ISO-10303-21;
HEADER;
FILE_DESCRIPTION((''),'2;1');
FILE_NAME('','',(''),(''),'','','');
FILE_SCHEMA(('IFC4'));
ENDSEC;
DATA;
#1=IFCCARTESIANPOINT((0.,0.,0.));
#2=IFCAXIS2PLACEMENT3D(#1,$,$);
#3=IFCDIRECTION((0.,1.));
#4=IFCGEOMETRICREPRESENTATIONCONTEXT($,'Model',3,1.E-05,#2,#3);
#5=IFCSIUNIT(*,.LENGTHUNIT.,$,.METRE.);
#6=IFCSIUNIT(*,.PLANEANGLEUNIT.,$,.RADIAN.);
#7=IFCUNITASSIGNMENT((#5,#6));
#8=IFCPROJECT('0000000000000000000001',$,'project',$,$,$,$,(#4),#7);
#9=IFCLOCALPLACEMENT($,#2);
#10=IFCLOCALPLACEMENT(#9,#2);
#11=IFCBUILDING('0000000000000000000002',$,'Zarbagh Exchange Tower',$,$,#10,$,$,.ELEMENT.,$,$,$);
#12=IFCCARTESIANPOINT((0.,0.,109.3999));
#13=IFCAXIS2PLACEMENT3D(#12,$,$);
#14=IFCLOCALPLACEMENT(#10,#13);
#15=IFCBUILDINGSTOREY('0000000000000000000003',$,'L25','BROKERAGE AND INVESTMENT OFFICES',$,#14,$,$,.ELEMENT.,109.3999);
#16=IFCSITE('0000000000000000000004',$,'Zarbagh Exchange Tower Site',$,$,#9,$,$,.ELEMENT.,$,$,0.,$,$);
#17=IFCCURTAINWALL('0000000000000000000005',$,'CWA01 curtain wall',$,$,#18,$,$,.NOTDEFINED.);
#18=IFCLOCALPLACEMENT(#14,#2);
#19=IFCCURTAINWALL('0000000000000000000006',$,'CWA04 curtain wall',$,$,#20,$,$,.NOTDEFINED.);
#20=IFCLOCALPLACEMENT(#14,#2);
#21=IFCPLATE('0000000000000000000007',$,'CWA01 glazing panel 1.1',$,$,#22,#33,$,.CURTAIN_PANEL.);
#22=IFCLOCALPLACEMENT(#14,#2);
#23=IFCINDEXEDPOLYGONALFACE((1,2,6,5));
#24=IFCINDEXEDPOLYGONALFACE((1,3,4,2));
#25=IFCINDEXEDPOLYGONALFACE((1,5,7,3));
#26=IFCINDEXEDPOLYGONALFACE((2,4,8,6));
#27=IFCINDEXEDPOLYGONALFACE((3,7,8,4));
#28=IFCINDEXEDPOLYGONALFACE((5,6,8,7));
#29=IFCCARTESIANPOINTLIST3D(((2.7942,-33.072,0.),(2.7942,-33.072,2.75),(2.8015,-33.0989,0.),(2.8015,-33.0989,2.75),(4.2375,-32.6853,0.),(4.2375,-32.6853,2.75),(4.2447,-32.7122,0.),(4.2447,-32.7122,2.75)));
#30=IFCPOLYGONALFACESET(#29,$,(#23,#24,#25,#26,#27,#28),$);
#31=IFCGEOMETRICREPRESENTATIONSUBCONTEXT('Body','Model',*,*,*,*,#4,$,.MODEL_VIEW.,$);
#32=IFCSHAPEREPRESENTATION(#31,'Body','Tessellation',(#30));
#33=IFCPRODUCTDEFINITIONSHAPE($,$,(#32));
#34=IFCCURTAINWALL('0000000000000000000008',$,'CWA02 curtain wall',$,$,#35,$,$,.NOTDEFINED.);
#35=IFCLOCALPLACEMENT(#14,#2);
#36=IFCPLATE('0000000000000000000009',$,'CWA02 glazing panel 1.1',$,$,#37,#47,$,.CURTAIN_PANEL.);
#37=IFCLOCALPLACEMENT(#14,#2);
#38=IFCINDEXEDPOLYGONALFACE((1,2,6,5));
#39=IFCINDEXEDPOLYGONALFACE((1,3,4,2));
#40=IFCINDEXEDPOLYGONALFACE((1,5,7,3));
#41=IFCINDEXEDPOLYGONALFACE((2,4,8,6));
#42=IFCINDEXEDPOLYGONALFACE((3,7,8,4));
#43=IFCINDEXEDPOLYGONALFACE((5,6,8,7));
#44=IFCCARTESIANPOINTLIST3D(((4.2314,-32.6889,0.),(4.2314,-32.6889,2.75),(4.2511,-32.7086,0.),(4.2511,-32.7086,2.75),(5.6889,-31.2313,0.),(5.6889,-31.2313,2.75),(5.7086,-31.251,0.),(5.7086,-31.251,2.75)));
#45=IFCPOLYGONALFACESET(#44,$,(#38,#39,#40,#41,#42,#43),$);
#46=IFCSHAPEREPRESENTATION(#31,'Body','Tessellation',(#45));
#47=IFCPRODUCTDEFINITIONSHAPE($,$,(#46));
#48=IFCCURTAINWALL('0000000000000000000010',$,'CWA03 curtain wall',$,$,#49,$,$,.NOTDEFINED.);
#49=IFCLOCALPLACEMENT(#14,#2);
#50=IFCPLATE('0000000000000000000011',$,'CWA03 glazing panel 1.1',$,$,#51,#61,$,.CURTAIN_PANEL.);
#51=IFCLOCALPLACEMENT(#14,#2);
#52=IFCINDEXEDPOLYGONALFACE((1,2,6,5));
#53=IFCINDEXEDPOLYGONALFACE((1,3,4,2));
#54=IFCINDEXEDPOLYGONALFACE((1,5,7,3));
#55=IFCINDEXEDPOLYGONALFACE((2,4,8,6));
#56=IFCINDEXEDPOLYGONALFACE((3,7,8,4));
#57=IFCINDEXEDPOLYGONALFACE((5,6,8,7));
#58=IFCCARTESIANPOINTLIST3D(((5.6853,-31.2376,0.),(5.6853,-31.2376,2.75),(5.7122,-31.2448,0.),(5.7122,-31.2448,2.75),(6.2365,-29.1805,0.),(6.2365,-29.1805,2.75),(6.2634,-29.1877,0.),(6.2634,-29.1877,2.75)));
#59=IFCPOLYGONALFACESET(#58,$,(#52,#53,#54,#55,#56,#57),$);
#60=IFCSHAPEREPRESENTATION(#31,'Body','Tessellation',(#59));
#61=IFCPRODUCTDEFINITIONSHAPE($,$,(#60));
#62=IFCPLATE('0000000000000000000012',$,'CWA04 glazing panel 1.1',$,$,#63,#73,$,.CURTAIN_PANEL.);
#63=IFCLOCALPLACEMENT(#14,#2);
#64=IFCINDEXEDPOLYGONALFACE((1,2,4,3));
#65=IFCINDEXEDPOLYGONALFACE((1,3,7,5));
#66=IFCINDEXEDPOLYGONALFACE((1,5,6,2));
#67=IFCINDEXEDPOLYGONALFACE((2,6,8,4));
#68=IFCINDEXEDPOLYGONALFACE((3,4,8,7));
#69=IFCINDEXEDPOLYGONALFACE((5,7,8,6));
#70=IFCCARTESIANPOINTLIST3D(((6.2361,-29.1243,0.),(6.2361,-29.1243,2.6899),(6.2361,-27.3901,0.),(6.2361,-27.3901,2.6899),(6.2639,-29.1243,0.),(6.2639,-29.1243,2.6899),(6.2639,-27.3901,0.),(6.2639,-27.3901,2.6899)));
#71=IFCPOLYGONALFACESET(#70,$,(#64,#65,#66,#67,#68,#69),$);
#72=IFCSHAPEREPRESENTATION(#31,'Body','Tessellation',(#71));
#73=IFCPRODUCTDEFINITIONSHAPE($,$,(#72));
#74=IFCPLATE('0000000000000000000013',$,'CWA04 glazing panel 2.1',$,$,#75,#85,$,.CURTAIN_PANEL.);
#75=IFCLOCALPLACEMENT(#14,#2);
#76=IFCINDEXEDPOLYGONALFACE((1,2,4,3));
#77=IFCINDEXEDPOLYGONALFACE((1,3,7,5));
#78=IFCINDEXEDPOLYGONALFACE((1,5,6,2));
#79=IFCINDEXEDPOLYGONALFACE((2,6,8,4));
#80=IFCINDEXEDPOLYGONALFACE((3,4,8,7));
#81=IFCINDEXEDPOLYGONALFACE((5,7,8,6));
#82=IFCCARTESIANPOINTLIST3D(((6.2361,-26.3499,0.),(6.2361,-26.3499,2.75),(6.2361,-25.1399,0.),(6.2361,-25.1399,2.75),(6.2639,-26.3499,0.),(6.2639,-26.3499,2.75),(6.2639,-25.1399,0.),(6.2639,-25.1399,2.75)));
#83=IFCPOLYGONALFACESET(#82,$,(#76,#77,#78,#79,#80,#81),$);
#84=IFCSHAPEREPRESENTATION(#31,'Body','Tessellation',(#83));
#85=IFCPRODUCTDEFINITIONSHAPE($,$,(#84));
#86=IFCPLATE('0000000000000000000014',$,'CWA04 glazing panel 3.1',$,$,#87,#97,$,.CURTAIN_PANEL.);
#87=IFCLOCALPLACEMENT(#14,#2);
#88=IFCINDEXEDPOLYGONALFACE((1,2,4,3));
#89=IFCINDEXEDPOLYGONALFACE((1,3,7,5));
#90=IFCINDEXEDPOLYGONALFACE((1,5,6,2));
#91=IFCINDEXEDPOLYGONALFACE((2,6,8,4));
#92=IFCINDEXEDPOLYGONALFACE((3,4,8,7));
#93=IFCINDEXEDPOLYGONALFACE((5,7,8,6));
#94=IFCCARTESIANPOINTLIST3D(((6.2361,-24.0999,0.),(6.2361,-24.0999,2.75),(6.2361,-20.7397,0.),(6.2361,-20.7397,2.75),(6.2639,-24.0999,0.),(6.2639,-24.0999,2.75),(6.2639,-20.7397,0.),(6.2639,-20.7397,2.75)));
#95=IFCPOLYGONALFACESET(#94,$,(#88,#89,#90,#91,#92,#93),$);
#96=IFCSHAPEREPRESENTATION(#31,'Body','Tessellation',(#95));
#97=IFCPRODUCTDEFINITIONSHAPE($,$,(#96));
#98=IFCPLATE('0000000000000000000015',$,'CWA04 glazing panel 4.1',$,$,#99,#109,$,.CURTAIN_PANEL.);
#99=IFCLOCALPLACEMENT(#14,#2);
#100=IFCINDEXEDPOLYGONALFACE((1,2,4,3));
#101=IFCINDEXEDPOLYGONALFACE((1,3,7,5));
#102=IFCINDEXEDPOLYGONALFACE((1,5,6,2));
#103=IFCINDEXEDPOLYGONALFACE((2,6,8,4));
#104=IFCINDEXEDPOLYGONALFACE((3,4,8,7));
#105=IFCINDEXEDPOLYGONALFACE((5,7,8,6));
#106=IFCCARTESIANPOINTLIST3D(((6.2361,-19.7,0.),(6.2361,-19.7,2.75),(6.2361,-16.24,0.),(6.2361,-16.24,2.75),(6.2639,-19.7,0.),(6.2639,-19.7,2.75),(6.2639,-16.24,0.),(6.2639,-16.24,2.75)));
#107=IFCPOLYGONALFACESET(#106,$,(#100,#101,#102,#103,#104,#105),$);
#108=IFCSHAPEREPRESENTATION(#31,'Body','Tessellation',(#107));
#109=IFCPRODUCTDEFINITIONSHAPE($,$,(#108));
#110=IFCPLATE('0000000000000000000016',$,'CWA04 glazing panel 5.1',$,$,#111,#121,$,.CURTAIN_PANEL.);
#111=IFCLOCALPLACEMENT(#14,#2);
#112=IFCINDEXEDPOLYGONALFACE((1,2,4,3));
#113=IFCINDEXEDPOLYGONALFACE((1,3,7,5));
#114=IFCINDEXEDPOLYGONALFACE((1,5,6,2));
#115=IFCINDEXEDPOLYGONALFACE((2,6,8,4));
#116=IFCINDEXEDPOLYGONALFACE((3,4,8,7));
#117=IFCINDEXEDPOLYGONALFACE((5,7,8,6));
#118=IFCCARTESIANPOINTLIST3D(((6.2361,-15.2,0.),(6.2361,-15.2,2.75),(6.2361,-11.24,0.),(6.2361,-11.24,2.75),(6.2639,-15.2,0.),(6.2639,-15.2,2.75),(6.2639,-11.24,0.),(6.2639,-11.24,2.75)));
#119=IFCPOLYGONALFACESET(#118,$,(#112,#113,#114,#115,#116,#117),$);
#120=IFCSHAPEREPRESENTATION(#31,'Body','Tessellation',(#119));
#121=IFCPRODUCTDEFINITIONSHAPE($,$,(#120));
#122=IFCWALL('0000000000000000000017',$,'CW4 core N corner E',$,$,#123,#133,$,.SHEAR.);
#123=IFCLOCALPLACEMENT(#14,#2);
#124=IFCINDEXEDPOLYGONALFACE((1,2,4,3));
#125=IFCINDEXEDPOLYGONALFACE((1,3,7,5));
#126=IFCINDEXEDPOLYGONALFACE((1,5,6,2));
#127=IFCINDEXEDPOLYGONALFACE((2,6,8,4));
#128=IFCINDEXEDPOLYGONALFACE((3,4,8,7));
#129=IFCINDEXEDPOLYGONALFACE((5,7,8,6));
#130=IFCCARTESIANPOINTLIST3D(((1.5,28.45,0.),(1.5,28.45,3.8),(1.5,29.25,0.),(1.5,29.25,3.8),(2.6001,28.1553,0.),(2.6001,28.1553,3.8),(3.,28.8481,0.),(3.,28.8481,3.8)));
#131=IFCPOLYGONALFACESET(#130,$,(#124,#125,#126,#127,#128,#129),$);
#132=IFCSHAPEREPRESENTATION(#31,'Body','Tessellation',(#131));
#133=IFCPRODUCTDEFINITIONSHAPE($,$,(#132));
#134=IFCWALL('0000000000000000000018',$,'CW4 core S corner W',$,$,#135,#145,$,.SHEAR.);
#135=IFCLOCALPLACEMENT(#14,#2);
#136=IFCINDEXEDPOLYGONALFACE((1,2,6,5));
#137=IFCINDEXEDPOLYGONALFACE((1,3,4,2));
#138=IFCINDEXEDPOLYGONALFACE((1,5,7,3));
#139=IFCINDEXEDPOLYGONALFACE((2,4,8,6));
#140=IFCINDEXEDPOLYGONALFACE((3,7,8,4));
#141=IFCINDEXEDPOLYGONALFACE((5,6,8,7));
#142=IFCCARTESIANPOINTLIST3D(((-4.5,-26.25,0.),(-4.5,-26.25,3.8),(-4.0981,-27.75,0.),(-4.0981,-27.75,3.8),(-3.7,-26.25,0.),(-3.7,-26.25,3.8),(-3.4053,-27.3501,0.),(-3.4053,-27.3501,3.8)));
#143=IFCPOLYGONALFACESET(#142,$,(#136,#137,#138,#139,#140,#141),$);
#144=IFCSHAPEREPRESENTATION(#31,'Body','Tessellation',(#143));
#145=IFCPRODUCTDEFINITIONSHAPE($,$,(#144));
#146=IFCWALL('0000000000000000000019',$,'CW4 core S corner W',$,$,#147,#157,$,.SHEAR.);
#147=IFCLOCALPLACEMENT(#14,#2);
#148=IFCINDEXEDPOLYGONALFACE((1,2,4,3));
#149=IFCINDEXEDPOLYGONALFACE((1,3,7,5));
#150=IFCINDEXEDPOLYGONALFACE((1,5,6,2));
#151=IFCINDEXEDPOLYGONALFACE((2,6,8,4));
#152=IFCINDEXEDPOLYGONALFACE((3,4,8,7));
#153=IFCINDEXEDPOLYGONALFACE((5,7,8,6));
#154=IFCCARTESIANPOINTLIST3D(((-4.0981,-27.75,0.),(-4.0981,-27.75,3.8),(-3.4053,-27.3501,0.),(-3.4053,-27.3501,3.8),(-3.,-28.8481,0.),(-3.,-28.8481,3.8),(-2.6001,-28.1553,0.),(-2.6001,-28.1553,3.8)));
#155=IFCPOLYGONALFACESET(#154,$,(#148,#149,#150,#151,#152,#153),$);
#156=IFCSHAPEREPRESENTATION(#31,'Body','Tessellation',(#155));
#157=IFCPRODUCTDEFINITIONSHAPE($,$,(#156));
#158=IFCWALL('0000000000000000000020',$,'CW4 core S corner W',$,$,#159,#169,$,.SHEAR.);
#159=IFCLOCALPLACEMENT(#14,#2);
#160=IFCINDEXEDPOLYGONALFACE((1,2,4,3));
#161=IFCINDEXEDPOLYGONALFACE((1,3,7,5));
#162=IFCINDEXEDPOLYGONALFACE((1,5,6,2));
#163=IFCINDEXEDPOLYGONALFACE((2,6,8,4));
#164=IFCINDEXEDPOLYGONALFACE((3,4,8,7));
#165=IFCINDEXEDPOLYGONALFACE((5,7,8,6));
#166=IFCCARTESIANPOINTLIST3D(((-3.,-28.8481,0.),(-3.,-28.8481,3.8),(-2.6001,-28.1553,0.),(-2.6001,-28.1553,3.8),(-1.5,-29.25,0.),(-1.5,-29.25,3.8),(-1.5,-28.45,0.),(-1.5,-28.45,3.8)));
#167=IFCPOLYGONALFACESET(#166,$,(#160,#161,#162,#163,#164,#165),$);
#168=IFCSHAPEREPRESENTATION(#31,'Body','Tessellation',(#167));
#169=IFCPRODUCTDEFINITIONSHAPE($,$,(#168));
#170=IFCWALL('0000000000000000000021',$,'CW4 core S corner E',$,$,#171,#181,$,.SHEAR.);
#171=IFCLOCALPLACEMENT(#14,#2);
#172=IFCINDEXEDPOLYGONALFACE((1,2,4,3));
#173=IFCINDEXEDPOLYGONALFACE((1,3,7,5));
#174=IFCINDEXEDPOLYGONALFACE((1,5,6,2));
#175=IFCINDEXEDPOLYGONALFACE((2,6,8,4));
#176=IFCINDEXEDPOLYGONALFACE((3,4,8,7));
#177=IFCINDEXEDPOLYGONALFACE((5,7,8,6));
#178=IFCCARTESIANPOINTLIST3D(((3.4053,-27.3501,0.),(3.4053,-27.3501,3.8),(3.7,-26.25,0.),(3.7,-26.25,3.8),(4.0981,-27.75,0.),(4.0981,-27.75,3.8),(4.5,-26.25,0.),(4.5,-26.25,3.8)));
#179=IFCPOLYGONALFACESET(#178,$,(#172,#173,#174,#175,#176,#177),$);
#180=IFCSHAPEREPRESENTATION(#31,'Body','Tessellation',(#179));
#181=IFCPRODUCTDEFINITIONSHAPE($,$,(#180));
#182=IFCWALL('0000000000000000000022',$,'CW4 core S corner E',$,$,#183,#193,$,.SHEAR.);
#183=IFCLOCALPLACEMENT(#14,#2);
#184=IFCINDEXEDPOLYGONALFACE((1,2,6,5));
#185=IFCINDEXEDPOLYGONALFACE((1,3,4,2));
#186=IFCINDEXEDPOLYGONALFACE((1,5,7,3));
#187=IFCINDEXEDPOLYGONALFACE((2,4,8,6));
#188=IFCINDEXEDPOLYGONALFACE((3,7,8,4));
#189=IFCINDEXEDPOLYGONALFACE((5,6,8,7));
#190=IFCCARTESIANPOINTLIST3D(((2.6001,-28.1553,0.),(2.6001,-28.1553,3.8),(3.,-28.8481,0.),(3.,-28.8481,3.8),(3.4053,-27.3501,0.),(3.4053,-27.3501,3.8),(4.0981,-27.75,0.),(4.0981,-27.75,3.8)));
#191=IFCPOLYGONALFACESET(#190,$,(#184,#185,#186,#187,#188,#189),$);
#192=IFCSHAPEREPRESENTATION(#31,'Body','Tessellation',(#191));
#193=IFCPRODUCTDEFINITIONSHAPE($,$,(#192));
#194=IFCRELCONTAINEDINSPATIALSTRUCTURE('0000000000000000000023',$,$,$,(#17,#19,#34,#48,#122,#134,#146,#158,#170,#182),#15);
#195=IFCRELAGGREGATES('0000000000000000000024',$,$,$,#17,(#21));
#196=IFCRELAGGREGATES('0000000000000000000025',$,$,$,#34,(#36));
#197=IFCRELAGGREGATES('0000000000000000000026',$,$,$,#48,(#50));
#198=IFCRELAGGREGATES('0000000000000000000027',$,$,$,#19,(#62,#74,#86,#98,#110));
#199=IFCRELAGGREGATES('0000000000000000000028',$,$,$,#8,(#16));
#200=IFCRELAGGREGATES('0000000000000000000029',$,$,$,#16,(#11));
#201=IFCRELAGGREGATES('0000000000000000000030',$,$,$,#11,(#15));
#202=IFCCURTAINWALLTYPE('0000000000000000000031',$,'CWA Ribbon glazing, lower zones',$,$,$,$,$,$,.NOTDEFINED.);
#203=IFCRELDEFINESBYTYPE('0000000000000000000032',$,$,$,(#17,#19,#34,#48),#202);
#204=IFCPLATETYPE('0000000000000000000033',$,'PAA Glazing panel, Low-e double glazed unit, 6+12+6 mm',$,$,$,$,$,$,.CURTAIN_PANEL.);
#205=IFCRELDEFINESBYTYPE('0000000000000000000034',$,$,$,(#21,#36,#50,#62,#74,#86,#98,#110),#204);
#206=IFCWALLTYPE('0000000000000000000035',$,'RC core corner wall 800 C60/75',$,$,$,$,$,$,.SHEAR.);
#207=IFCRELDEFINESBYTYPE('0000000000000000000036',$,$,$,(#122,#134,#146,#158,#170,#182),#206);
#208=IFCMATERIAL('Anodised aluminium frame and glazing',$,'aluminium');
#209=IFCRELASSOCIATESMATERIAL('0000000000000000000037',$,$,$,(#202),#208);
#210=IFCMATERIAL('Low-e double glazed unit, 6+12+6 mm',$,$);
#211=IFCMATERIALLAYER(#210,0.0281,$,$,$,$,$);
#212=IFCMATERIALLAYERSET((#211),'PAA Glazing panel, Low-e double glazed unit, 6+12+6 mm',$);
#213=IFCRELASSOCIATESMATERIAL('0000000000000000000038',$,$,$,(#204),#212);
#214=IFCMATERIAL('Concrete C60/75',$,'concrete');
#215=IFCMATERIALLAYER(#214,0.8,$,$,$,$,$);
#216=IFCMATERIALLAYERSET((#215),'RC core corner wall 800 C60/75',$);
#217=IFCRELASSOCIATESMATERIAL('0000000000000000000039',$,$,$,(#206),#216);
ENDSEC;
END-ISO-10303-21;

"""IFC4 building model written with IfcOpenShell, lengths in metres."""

from ifc_helpers import new_model, si_unit, direction, frame, origin, place, context, subcontext, project, spatial, polyline, outline, extrude, source, transform, mapped, material, layer, layer_set, type_object, element, aggregate, save


model = new_model("IFC4")

# Units and contexts
model_context = context("Model", 3, precision=1e-05, world=origin(), true_north=direction((0.0, 1.0)))
body_context = subcontext(model_context, "Body", "Model", "MODEL_VIEW")
ifc_project = project(units=[si_unit("LENGTHUNIT", "METRE"), si_unit("PLANEANGLEUNIT", "RADIAN")], contexts=[model_context])

# Site, building, storey
site_placement = place(None, origin())
site = spatial("IfcSite", under=ifc_project, at=site_placement, Name="Zarbagh Exchange Tower Site", CompositionType="ELEMENT", RefElevation=0.0)
building_placement = place(site_placement, origin())
building = spatial("IfcBuilding", under=site, at=building_placement, Name="Zarbagh Exchange Tower", CompositionType="ELEMENT")
storey_placement = place(building_placement, frame((0.0, 0.0, 109.3999)))
storey = spatial("IfcBuildingStorey", under=building, at=storey_placement, Name="L25", Description="BROKERAGE AND INVESTMENT OFFICES", CompositionType="ELEMENT", Elevation=109.3999)

# Curtain wall
ifc_material_1 = material(Name="Anodised aluminium frame and glazing", Category="aluminium")
curtain_wall_type = type_object("IfcCurtainWallType", Name="CWA Ribbon glazing, lower zones", PredefinedType="NOTDEFINED", material=ifc_material_1)
curtain_wall_1_placement = place(storey_placement, origin())
curtain_wall_1 = element("IfcCurtainWall", 1, at=curtain_wall_1_placement, inside=storey, type_object=curtain_wall_type, Name="CWA01 curtain wall", PredefinedType="NOTDEFINED")
placement = place(storey_placement, origin())

# Curtain wall
curtain_wall_2_placement = place(storey_placement, origin())
curtain_wall_2 = element("IfcCurtainWall", 2, at=curtain_wall_2_placement, inside=storey, type_object=curtain_wall_type, Name="CWA04 curtain wall", PredefinedType="NOTDEFINED")

# Plate
ifc_material_2 = material(Name="Low-e double glazed unit, 6+12+6 mm")
ifc_layer_1 = layer(ifc_material_2, 0.0281)
ifc_layer_set_1 = layer_set([ifc_layer_1], Name="PAA Glazing panel, Low-e double glazed unit, 6+12+6 mm")
plate_type = type_object("IfcPlateType", Name="PAA Glazing panel, Low-e double glazed unit, 6+12+6 mm", PredefinedType="CURTAIN_PANEL", material=ifc_layer_set_1)
shared_shape_1 = source(origin(), body_context, "Body", "SweptSolid", [
    extrude(outline(polyline([(0.0, -0.0139), (1.4941, -0.0139), (1.4941, 0.0139), (0.0, 0.0139), (0.0, -0.0139)])), origin(), (0.0, 0.0, 1.0), 2.75),
])
plate_1 = element("IfcPlate", 3, at=placement, type_object=plate_type, Name="CWA01 glazing panel 1.1", PredefinedType="CURTAIN_PANEL", context=body_context, shape_type="MappedRepresentation", body=[
    mapped(shared_shape_1, transform((2.7979, -33.0854, 0.0), x_axis=(0.965924, 0.258825, 0.0), y_axis=(-0.258825, 0.965924, 0.0), z_axis=(0.0, 0.0, 1.0))),
])
aggregate(curtain_wall_1, [plate_1])

# Curtain walls, plates
curtain_wall_3_placement = place(storey_placement, origin())
curtain_wall_3 = element("IfcCurtainWall", 4, at=curtain_wall_3_placement, inside=storey, type_object=curtain_wall_type, Name="CWA02 curtain wall", PredefinedType="NOTDEFINED")
shared_shape_2 = source(origin(), body_context, "Body", "SweptSolid", [
    extrude(outline(polyline([(0.0, -0.0139), (2.0613, -0.0139), (2.0613, 0.0139), (0.0, 0.0139), (0.0, -0.0139)])), origin(), (0.0, 0.0, 1.0), 2.75),
])
plate_2 = element("IfcPlate", 5, at=placement, type_object=plate_type, Name="CWA02 glazing panel 1.1", PredefinedType="CURTAIN_PANEL", context=body_context, shape_type="MappedRepresentation", body=[
    mapped(shared_shape_2, transform((4.2412, -32.6987, 0.0), x_axis=(0.707107, 0.707107, 0.0), y_axis=(-0.707107, 0.707107, 0.0), z_axis=(0.0, 0.0, 1.0))),
])
aggregate(curtain_wall_3, [plate_2])
curtain_wall_4_placement = place(storey_placement, origin())
curtain_wall_4 = element("IfcCurtainWall", 6, at=curtain_wall_4_placement, inside=storey, type_object=curtain_wall_type, Name="CWA03 curtain wall", PredefinedType="NOTDEFINED")
shared_shape_3 = source(origin(), body_context, "Body", "SweptSolid", [
    extrude(outline(polyline([(0.0, -0.0139), (2.1296, -0.0139), (2.1296, 0.0139), (0.0, 0.0139), (0.0, -0.0139)])), origin(), (0.0, 0.0, 1.0), 2.75),
])
plate_3 = element("IfcPlate", 7, at=placement, type_object=plate_type, Name="CWA03 glazing panel 1.1", PredefinedType="CURTAIN_PANEL", context=body_context, shape_type="MappedRepresentation", body=[
    mapped(shared_shape_3, transform((5.6987, -31.2412, 0.0), x_axis=(0.258825, 0.965924, 0.0), y_axis=(-0.965924, 0.258825, 0.0), z_axis=(0.0, 0.0, 1.0))),
])
aggregate(curtain_wall_4, [plate_3])

# Plates
shared_shape_4 = source(origin(), body_context, "Body", "SweptSolid", [
    extrude(outline(polyline([(0.0, -0.0139), (1.7341, -0.0139), (1.7341, 0.0139), (0.0, 0.0139), (0.0, -0.0139)])), origin(), (0.0, 0.0, 1.0), 2.6899),
])
plate_4 = element("IfcPlate", 8, at=placement, type_object=plate_type, Name="CWA04 glazing panel 1.1", PredefinedType="CURTAIN_PANEL", context=body_context, shape_type="MappedRepresentation", body=[
    mapped(shared_shape_4, transform((6.25, -29.1243, 0.0), x_axis=(0.0, 1.0, 0.0), y_axis=(-1.0, 0.0, 0.0), z_axis=(0.0, 0.0, 1.0))),
])
shared_shape_5 = source(origin(), body_context, "Body", "SweptSolid", [
    extrude(outline(polyline([(0.0, -0.0139), (1.21, -0.0139), (1.21, 0.0139), (0.0, 0.0139), (0.0, -0.0139)])), origin(), (0.0, 0.0, 1.0), 2.75),
])
plate_5 = element("IfcPlate", 9, at=placement, type_object=plate_type, Name="CWA04 glazing panel 2.1", PredefinedType="CURTAIN_PANEL", context=body_context, shape_type="MappedRepresentation", body=[
    mapped(shared_shape_5, transform((6.25, -26.3499, 0.0), x_axis=(0.0, 1.0, 0.0), y_axis=(-1.0, 0.0, 0.0), z_axis=(0.0, 0.0, 1.0))),
])
shared_shape_6 = source(origin(), body_context, "Body", "SweptSolid", [
    extrude(outline(polyline([(0.0, -0.0139), (3.3601, -0.0139), (3.3601, 0.0139), (0.0, 0.0139), (0.0, -0.0139)])), origin(), (0.0, 0.0, 1.0), 2.75),
])
plate_6 = element("IfcPlate", 10, at=placement, type_object=plate_type, Name="CWA04 glazing panel 3.1", PredefinedType="CURTAIN_PANEL", context=body_context, shape_type="MappedRepresentation", body=[
    mapped(shared_shape_6, transform((6.25, -24.0999, 0.0), x_axis=(0.0, 1.0, 0.0), y_axis=(-1.0, 0.0, 0.0), z_axis=(0.0, 0.0, 1.0))),
])
shared_shape_7 = source(origin(), body_context, "Body", "SweptSolid", [
    extrude(outline(polyline([(0.0, -0.0139), (3.46, -0.0139), (3.46, 0.0139), (0.0, 0.0139), (0.0, -0.0139)])), origin(), (0.0, 0.0, 1.0), 2.75),
])
plate_7 = element("IfcPlate", 11, at=placement, type_object=plate_type, Name="CWA04 glazing panel 4.1", PredefinedType="CURTAIN_PANEL", context=body_context, shape_type="MappedRepresentation", body=[
    mapped(shared_shape_7, transform((6.25, -19.7, 0.0), x_axis=(0.0, 1.0, 0.0), y_axis=(-1.0, 0.0, 0.0), z_axis=(0.0, 0.0, 1.0))),
])
shared_shape_8 = source(origin(), body_context, "Body", "SweptSolid", [
    extrude(outline(polyline([(0.0, -0.0139), (3.96, -0.0139), (3.96, 0.0139), (0.0, 0.0139), (0.0, -0.0139)])), origin(), (0.0, 0.0, 1.0), 2.75),
])
plate_8 = element("IfcPlate", 12, at=placement, type_object=plate_type, Name="CWA04 glazing panel 5.1", PredefinedType="CURTAIN_PANEL", context=body_context, shape_type="MappedRepresentation", body=[
    mapped(shared_shape_8, transform((6.25, -15.2, 0.0), x_axis=(0.0, 1.0, 0.0), y_axis=(-1.0, 0.0, 0.0), z_axis=(0.0, 0.0, 1.0))),
])
aggregate(curtain_wall_2, [plate_4, plate_5, plate_6, plate_7, plate_8])

# Walls
ifc_material_3 = material(Name="Concrete C60/75", Category="concrete")
ifc_layer_2 = layer(ifc_material_3, 0.8)
ifc_layer_set_2 = layer_set([ifc_layer_2], Name="RC core corner wall 800 C60/75")
wall_type = type_object("IfcWallType", Name="RC core corner wall 800 C60/75", PredefinedType="SHEAR", material=ifc_layer_set_2)
wall_1_placement = place(storey_placement, origin())
element("IfcWall", 13, at=wall_1_placement, inside=storey, type_object=wall_type, Name="CW4 core N corner E", PredefinedType="SHEAR", context=body_context, shape_type="SweptSolid", body=[
    extrude(outline(polyline([(3.0, 28.8481), (1.5, 29.25), (1.5, 28.45), (2.6001, 28.1553), (3.0, 28.8481)])), origin(), (0.0, 0.0, 1.0), 3.8),
])
wall_2_placement = place(storey_placement, origin())
element("IfcWall", 14, at=wall_2_placement, inside=storey, type_object=wall_type, Name="CW4 core S corner W", PredefinedType="SHEAR", context=body_context, shape_type="SweptSolid", body=[
    extrude(outline(polyline([(-4.5, -26.25), (-4.0981, -27.75), (-3.4053, -27.3501), (-3.7, -26.25), (-4.5, -26.25)])), origin(), (0.0, 0.0, 1.0), 3.8),
])
wall_3_placement = place(storey_placement, origin())
element("IfcWall", 15, at=wall_3_placement, inside=storey, type_object=wall_type, Name="CW4 core S corner W", PredefinedType="SHEAR", context=body_context, shape_type="SweptSolid", body=[
    extrude(outline(polyline([(-4.0981, -27.75), (-3.0, -28.8481), (-2.6001, -28.1553), (-3.4053, -27.3501), (-4.0981, -27.75)])), origin(), (0.0, 0.0, 1.0), 3.8),
])
wall_4_placement = place(storey_placement, origin())
element("IfcWall", 16, at=wall_4_placement, inside=storey, type_object=wall_type, Name="CW4 core S corner W", PredefinedType="SHEAR", context=body_context, shape_type="SweptSolid", body=[
    extrude(outline(polyline([(-3.0, -28.8481), (-1.5, -29.25), (-1.5, -28.45), (-2.6001, -28.1553), (-3.0, -28.8481)])), origin(), (0.0, 0.0, 1.0), 3.8),
])
wall_5_placement = place(storey_placement, origin())
element("IfcWall", 17, at=wall_5_placement, inside=storey, type_object=wall_type, Name="CW4 core S corner E", PredefinedType="SHEAR", context=body_context, shape_type="SweptSolid", body=[
    extrude(outline(polyline([(4.5, -26.25), (4.0981, -27.75), (3.4053, -27.3501), (3.7, -26.25), (4.5, -26.25)])), origin(), (0.0, 0.0, 1.0), 3.8),
])
wall_6_placement = place(storey_placement, origin())
element("IfcWall", 18, at=wall_6_placement, inside=storey, type_object=wall_type, Name="CW4 core S corner E", PredefinedType="SHEAR", context=body_context, shape_type="SweptSolid", body=[
    extrude(outline(polyline([(4.0981, -27.75), (3.0, -28.8481), (2.6001, -28.1553), (3.4053, -27.3501), (4.0981, -27.75)])), origin(), (0.0, 0.0, 1.0), 3.8),
])

save(model, "model.ifc")
